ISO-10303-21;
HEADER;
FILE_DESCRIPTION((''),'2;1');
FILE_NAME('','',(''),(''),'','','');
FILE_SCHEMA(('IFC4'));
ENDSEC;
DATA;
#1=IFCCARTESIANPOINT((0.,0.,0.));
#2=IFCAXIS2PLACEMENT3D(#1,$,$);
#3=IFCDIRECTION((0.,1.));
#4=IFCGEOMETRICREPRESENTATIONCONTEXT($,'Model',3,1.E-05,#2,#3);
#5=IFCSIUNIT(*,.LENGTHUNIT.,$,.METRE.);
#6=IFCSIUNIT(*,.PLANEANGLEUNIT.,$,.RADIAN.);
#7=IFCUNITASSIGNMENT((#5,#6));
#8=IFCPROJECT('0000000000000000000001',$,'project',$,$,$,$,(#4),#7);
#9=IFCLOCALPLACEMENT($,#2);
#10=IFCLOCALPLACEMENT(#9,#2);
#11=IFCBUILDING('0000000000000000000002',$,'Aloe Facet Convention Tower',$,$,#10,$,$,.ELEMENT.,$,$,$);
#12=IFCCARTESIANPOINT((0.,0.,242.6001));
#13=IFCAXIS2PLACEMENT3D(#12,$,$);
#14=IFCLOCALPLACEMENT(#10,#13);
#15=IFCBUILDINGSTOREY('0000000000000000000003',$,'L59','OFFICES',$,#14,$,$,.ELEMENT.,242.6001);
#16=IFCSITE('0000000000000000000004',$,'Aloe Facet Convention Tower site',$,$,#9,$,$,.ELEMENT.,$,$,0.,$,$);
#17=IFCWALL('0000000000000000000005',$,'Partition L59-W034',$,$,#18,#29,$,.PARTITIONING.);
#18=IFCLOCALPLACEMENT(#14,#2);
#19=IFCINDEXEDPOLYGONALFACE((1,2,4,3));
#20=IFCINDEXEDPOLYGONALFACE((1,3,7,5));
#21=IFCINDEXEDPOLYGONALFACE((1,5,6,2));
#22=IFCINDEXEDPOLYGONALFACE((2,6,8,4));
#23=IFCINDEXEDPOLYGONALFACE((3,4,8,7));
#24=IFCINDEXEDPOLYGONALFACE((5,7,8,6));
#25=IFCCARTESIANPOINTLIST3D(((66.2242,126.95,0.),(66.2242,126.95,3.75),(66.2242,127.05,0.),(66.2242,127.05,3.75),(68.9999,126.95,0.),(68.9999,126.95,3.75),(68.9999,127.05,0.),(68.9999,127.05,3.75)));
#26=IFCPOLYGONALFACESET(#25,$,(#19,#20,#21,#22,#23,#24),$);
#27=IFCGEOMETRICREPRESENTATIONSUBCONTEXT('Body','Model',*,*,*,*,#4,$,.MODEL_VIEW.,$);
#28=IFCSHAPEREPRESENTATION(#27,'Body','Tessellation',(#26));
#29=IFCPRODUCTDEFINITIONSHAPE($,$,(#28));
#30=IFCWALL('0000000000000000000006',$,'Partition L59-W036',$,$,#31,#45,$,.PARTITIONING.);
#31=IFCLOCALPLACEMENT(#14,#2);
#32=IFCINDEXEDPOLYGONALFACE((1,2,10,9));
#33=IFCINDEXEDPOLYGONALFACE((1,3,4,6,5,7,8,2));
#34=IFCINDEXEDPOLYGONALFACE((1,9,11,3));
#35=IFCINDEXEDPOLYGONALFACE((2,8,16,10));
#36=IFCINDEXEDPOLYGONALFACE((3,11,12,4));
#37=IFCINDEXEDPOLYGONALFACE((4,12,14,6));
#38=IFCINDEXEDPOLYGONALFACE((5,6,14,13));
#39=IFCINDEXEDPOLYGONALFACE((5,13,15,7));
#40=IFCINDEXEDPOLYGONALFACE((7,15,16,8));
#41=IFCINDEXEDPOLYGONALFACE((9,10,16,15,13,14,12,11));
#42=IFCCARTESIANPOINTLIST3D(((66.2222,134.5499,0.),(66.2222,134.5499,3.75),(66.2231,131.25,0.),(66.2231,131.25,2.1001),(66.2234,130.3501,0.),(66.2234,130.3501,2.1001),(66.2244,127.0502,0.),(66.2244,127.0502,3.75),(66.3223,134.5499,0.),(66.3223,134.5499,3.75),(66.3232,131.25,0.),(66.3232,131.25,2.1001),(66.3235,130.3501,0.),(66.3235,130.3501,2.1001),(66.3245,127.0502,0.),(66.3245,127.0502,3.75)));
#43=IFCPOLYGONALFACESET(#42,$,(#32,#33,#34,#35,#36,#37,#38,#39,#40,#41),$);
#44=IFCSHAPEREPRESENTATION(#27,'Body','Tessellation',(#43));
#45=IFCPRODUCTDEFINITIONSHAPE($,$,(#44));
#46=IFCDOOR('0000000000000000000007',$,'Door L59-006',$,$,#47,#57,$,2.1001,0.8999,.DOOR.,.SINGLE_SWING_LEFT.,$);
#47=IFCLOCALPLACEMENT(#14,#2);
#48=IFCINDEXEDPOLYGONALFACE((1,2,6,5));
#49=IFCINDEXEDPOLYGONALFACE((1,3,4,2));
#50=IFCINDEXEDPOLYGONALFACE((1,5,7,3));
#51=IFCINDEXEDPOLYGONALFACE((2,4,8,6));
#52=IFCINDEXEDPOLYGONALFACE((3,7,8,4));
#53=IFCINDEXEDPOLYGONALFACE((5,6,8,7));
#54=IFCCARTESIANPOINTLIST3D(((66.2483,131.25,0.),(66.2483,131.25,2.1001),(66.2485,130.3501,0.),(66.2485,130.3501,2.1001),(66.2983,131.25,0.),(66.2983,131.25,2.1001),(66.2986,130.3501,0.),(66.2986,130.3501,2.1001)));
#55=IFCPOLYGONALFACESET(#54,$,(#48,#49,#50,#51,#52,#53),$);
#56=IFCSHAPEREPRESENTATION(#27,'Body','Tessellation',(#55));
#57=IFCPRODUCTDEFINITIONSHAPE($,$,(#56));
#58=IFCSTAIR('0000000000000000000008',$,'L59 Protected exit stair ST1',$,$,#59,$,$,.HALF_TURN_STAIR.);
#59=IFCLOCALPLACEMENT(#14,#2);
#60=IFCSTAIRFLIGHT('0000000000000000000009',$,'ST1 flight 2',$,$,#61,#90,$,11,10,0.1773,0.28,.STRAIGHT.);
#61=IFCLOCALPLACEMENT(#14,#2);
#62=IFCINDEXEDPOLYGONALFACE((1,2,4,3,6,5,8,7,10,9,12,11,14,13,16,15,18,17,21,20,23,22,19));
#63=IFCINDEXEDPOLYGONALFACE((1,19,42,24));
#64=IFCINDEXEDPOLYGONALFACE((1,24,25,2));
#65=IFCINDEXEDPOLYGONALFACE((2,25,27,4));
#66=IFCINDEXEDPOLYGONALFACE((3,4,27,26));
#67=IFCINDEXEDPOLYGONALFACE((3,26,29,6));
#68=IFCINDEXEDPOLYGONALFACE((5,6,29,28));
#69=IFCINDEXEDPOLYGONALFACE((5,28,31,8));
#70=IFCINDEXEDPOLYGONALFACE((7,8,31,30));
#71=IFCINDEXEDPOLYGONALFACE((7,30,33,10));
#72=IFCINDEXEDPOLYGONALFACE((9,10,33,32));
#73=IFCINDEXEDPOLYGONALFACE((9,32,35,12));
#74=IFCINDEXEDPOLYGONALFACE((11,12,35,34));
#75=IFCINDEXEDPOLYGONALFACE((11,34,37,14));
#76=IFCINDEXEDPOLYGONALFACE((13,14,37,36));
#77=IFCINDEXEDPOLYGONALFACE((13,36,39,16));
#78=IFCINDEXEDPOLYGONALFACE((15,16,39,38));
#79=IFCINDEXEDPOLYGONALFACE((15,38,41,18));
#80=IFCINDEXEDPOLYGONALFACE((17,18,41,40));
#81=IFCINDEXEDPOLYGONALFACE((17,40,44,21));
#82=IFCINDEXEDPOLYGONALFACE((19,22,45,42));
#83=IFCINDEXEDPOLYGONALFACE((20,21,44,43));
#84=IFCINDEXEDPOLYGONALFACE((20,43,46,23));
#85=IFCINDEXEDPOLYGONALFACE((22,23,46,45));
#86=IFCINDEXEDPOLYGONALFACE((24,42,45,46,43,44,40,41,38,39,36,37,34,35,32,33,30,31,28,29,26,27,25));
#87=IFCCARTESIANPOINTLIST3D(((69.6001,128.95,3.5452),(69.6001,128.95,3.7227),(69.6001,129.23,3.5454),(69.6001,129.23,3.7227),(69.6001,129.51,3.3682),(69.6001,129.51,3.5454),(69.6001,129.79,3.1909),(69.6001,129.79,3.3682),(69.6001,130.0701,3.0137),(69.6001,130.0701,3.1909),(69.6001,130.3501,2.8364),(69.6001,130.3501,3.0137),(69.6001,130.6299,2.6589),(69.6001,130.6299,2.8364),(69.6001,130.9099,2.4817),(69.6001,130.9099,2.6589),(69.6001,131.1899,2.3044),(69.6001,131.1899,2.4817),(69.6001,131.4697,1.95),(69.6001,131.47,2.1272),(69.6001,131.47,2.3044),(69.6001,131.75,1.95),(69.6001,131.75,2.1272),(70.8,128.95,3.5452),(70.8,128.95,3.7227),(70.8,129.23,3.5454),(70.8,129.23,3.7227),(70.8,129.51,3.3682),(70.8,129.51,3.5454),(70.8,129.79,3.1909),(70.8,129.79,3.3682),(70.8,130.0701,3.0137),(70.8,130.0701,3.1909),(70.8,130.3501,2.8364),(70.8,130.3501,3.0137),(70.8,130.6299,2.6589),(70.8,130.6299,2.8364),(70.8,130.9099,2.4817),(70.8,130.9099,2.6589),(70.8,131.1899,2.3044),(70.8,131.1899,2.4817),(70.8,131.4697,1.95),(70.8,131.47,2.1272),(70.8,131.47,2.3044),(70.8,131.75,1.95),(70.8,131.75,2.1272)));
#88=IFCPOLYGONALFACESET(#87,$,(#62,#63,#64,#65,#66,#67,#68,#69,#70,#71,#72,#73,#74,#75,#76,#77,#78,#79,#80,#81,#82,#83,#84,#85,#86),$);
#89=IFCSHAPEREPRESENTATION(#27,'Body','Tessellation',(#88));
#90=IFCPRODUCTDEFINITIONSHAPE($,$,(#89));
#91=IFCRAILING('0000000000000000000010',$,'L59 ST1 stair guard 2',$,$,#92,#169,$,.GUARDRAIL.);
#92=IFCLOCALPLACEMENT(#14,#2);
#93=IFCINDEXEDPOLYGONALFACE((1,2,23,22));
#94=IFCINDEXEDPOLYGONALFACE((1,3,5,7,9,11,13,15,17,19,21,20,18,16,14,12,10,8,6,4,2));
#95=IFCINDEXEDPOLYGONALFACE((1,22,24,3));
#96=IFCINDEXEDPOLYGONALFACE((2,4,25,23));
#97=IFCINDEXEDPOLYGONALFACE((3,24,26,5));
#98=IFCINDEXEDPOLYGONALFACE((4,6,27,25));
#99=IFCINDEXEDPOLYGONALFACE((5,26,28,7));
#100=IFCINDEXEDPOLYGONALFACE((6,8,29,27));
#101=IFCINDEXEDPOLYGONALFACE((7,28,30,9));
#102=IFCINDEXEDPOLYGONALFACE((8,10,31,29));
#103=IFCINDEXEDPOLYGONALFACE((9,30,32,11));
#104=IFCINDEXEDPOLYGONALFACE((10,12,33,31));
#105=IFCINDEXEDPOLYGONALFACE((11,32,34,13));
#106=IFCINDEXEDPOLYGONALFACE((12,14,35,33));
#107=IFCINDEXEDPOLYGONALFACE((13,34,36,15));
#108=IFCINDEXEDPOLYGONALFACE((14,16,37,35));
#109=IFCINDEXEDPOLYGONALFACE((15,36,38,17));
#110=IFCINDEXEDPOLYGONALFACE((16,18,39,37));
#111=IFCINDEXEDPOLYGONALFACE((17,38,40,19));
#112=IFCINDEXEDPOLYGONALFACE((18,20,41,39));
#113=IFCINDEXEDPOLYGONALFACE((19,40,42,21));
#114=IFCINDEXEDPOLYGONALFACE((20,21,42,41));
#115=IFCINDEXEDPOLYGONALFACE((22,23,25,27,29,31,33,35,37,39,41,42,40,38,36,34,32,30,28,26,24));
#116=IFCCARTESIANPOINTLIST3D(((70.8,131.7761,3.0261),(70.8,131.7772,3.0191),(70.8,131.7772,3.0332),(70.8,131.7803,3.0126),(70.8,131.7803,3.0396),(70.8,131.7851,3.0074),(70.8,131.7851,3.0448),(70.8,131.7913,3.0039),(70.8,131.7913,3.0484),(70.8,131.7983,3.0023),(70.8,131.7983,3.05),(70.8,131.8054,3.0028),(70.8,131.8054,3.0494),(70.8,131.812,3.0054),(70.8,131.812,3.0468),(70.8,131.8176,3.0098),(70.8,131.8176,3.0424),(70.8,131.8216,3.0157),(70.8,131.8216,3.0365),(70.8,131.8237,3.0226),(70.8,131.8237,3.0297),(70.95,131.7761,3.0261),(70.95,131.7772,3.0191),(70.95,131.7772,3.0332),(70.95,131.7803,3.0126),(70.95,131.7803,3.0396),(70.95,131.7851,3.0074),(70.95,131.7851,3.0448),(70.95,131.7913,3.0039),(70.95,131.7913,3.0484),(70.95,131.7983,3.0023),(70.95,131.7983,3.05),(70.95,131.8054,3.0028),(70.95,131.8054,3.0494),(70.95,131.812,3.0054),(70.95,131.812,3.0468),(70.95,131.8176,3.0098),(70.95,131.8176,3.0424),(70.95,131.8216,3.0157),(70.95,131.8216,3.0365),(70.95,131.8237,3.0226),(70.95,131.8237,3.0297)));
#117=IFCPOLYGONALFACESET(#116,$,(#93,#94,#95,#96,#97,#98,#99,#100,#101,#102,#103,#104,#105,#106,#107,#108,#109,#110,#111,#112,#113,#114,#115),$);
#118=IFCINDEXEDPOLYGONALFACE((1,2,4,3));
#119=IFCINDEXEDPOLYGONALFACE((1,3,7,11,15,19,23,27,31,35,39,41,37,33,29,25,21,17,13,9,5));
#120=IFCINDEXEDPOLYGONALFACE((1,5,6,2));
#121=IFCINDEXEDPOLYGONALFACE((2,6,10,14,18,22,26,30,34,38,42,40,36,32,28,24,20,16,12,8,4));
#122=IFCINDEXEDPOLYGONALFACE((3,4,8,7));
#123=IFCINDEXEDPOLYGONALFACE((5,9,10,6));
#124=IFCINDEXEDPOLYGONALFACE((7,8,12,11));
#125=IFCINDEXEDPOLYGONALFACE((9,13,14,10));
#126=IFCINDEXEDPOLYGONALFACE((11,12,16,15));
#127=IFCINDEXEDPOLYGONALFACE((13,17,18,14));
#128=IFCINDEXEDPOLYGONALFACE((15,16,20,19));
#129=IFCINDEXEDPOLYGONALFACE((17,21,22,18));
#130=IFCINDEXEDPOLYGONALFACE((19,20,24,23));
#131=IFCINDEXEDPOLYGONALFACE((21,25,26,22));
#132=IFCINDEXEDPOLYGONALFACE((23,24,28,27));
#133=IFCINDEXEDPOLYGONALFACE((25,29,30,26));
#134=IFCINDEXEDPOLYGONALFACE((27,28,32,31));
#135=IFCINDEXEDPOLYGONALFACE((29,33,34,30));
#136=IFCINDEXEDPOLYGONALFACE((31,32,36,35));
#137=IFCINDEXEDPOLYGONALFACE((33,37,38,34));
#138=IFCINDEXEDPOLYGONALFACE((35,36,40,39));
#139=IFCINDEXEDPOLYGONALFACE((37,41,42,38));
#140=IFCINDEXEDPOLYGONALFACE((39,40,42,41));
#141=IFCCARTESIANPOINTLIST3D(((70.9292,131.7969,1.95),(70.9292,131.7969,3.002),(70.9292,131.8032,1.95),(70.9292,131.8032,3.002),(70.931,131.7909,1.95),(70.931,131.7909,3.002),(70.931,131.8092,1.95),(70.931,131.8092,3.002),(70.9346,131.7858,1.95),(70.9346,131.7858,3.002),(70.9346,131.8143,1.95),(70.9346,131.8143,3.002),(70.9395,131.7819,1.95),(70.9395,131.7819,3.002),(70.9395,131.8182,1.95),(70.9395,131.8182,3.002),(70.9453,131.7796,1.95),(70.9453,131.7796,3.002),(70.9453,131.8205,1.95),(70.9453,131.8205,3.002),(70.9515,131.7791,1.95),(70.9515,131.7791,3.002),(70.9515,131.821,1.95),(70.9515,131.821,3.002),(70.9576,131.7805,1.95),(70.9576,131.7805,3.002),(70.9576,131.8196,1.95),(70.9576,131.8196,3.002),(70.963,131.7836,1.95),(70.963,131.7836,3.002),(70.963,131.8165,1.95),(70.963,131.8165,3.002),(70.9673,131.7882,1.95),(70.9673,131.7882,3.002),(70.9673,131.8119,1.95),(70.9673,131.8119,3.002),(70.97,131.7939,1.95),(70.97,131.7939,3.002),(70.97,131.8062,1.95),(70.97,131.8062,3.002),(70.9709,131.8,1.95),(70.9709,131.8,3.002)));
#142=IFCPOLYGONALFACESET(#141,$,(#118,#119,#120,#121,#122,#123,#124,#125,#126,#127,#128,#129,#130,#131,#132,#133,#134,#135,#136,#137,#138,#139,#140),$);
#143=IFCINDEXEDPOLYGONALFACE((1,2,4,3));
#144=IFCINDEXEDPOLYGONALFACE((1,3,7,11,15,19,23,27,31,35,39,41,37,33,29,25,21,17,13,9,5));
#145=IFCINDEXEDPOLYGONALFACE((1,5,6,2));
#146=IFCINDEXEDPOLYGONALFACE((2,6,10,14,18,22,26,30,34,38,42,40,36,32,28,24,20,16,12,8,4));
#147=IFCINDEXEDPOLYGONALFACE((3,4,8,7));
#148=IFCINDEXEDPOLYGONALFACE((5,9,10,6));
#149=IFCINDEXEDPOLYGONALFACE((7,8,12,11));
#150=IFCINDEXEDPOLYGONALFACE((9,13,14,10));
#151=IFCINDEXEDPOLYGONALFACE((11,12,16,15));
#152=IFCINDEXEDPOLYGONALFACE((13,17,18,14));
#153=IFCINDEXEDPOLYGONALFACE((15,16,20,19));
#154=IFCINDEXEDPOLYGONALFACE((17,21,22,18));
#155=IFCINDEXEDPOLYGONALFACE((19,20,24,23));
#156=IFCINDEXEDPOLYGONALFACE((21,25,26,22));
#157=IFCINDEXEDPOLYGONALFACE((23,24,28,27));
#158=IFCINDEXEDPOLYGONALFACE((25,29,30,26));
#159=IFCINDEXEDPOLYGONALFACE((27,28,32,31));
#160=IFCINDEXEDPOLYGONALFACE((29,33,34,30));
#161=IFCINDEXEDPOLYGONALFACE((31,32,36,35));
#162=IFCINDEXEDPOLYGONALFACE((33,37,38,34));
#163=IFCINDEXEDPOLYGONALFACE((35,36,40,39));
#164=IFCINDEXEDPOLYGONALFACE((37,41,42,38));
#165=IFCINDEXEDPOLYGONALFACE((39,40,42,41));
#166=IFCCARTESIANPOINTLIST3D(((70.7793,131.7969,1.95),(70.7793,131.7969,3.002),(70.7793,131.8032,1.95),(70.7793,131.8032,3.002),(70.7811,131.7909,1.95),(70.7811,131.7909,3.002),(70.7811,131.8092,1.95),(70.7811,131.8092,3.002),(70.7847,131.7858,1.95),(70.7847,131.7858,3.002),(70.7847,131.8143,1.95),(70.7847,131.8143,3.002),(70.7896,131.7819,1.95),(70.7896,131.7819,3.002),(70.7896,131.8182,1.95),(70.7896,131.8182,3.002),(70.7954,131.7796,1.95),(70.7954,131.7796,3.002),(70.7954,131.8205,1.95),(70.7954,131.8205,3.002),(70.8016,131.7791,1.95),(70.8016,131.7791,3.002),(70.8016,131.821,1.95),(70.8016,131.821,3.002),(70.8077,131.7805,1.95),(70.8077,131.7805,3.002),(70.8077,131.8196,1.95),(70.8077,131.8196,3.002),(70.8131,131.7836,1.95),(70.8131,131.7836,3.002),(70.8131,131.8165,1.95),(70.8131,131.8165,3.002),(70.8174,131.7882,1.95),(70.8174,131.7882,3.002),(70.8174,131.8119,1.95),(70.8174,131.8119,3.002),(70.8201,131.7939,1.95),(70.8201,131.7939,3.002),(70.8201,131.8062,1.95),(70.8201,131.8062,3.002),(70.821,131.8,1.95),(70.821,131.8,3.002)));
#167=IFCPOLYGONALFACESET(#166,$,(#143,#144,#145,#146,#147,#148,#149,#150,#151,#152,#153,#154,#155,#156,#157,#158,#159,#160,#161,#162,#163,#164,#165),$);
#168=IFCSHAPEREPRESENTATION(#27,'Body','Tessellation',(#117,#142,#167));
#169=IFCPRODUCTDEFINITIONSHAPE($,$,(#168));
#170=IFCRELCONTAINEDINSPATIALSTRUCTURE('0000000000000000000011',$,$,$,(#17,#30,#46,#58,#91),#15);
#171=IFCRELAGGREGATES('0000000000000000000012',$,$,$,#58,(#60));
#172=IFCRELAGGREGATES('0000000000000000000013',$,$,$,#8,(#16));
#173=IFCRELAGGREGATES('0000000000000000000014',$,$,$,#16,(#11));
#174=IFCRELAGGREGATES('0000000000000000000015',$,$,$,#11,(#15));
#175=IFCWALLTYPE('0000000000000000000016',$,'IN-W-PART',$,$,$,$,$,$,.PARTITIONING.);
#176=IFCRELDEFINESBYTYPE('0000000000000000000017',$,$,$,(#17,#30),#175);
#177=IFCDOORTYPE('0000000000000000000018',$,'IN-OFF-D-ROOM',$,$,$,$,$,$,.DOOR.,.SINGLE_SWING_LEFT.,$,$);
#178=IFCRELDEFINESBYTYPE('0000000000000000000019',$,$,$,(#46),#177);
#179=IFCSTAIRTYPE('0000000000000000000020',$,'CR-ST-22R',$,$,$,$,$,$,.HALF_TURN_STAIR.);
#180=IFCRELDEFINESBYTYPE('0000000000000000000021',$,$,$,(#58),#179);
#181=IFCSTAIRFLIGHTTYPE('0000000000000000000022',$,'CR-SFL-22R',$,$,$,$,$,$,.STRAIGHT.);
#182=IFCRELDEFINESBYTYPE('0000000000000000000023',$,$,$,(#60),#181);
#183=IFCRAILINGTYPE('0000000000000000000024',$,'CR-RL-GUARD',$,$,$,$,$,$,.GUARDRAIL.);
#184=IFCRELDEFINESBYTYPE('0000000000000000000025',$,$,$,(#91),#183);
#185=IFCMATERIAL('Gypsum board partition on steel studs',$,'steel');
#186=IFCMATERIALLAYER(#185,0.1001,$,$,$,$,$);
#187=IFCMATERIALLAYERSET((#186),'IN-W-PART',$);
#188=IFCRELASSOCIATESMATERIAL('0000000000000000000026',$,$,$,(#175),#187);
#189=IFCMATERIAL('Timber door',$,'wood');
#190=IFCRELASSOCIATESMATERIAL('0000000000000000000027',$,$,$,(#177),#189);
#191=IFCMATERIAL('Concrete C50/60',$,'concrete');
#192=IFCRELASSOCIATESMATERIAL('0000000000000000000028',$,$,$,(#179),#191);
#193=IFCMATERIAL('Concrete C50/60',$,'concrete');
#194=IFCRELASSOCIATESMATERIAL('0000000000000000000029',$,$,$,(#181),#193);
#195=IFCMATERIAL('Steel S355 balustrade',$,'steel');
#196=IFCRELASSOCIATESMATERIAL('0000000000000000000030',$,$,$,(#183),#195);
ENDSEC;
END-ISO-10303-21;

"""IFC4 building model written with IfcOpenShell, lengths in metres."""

from ifc_helpers import new_model, si_unit, direction, frame, frame_2d, origin, origin_2d, place, context, subcontext, project, spatial, polyline, rectangle, circle, outline, extrude, material, layer, layer_set, type_object, element, fill, aggregate, save


model = new_model("IFC4")

# Units and contexts
model_context = context("Model", 3, precision=1e-05, world=origin(), true_north=direction((0.0, 1.0)))
body_context = subcontext(model_context, "Body", "Model", "MODEL_VIEW")
ifc_project = project(units=[si_unit("LENGTHUNIT", "METRE"), si_unit("PLANEANGLEUNIT", "RADIAN")], contexts=[model_context])

# Site, building, storey
site_placement = place(None, origin())
site = spatial("IfcSite", under=ifc_project, at=site_placement, Name="Aloe Facet Convention Tower site", CompositionType="ELEMENT", RefElevation=0.0)
building_placement = place(site_placement, origin())
building = spatial("IfcBuilding", under=site, at=building_placement, Name="Aloe Facet Convention Tower", CompositionType="ELEMENT")
storey_placement = place(building_placement, frame((0.0, 0.0, 242.6001)))
storey = spatial("IfcBuildingStorey", under=building, at=storey_placement, Name="L59", Description="OFFICES", CompositionType="ELEMENT", Elevation=242.6001)

# Wall
ifc_material_1 = material(Name="Gypsum board partition on steel studs", Category="steel")
ifc_layer_1 = layer(ifc_material_1, 0.1001)
ifc_layer_set_1 = layer_set([ifc_layer_1], Name="IN-W-PART")
wall_type_1 = type_object("IfcWallType", Name="IN-W-PART", PredefinedType="PARTITIONING", material=ifc_layer_set_1)
wall_1_placement = place(storey_placement, frame((66.2244, 127.0, 0.0), z_axis=(0.0, 0.0, 1.0), x_axis=(1.0, 0.0, 0.0)))
element("IfcWall", 1, at=wall_1_placement, inside=storey, type_object=wall_type_1, Name="Partition L59-W034", PredefinedType="PARTITIONING", context=body_context, shape_type="SweptSolid", body=[
    extrude(rectangle(XDim=2.7756, YDim=0.1001, at=frame_2d((1.3877, 0.0))), origin(), (0.0, 0.0, 1.0), 3.75),
])

# Wall, opening, door
wall_2_placement = place(storey_placement, frame((66.2744, 127.05, 0.0), z_axis=(0.0, 0.0, 1.0), x_axis=(-0.000293, 1.0, 0.0)))
wall_2 = element("IfcWall", 2, at=wall_2_placement, inside=storey, type_object=wall_type_1, Name="Partition L59-W036", PredefinedType="PARTITIONING", context=body_context, shape_type="SweptSolid", body=[
    extrude(rectangle(XDim=7.4998, YDim=0.1001, at=frame_2d((3.75, 0.0))), origin(), (0.0, 0.0, 1.0), 3.75),
])
opening_1_placement = place(wall_2_placement, frame((3.3, 0.0, 0.0)))
opening_1 = element("IfcOpeningElement", 3, at=opening_1_placement, cuts=wall_2, PredefinedType="OPENING", context=body_context, shape_type="SweptSolid", body=[
    extrude(rectangle(XDim=0.8999, YDim=2.1001, at=frame_2d((0.45, 1.05))), frame((0.0, 0.0601, 0.0), z_axis=(0.0, -1.0, 0.0), x_axis=(1.0, 0.0, 0.0)), (0.0, 0.0, 1.0), 0.1201),
])
ifc_material_2 = material(Name="Timber door", Category="wood")
door_type = type_object("IfcDoorType", Name="IN-OFF-D-ROOM", OperationType="SINGLE_SWING_LEFT", PredefinedType="DOOR", material=ifc_material_2)
door_placement = place(opening_1_placement, origin())
door = element("IfcDoor", 4, at=door_placement, inside=storey, type_object=door_type, Name="Door L59-006", OperationType="SINGLE_SWING_LEFT", OverallHeight=2.1001, OverallWidth=0.8999, PredefinedType="DOOR", context=body_context, shape_type="SweptSolid", body=[
    extrude(rectangle(XDim=0.8999, YDim=2.1001, at=frame_2d((0.45, 1.05))), frame((0.0, 0.0249, 0.0), z_axis=(0.0, -1.0, 0.0), x_axis=(1.0, 0.0, 0.0)), (0.0, 0.0, 1.0), 0.05),
])
fill(opening_1, door)

# Stair, stair flight
ifc_material_3 = material(Name="Concrete C50/60", Category="concrete")
stair_type = type_object("IfcStairType", Name="CR-ST-22R", PredefinedType="HALF_TURN_STAIR", material=ifc_material_3)
stair_placement = place(storey_placement, origin())
stair = element("IfcStair", 5, at=stair_placement, inside=storey, type_object=stair_type, Name="L59 Protected exit stair ST1", PredefinedType="HALF_TURN_STAIR")
ifc_material_4 = material(Name="Concrete C50/60", Category="concrete")
stair_flight_type = type_object("IfcStairFlightType", Name="CR-SFL-22R", PredefinedType="STRAIGHT", material=ifc_material_4)
stair_flight_placement = place(storey_placement, frame((70.2, 131.75, 1.95), z_axis=(0.0, 0.0, 1.0), x_axis=(0.0, -1.0, 0.0)))
stair_flight = element("IfcStairFlight", 6, at=stair_flight_placement, type_object=stair_flight_type, Name="ST1 flight 2", NumberOfRisers=11, NumberOfTreads=10, PredefinedType="STRAIGHT", RiserHeight=0.1773, TreadLength=0.28, context=body_context, shape_type="SweptSolid", body=[
    extrude(outline(polyline([(0.0, 0.0), (0.0, 0.1772), (0.28, 0.1772), (0.28, 0.3545), (0.5601, 0.3545), (0.5601, 0.5317), (0.8401, 0.5317), (0.8401, 0.709), (1.1201, 0.709), (1.1201, 0.8865), (1.3999, 0.8865), (1.3999, 1.0637), (1.6799, 1.0637), (1.6799, 1.241), (1.96, 1.241), (1.96, 1.4182), (2.24, 1.4182), (2.24, 1.5955), (2.52, 1.5955), (2.52, 1.7727), (2.8, 1.7727), (2.8, 1.95), (2.8, 1.5952), (0.2803, 0.0), (0.0, 0.0)])), frame((0.0, 0.6001, 0.0), z_axis=(0.0, -1.0, 0.0), x_axis=(1.0, 0.0, 0.0)), (0.0, 0.0, 1.0), 1.2),
])
aggregate(stair, [stair_flight])

# Railing
ifc_material_5 = material(Name="Steel S355 balustrade", Category="steel")
railing_type_1 = type_object("IfcRailingType", Name="CR-RL-GUARD", PredefinedType="GUARDRAIL", material=ifc_material_5)
railing_1_placement = place(storey_placement, frame((70.95, 131.8, 1.95)))
element("IfcRailing", 7, at=railing_1_placement, inside=storey, type_object=railing_type_1, Name="L59 ST1 stair guard 2", PredefinedType="GUARDRAIL", context=body_context, shape_type="SweptSolid", body=[
    extrude(circle(Radius=0.0239, at=origin_2d()), frame((0.0, 0.0, 1.0762), z_axis=(-1.0, 0.0, 0.0), x_axis=(0.0, -1.0, 0.0)), (0.0, 0.0, 1.0), 0.1499),
    extrude(circle(Radius=0.021, at=origin_2d()), origin(), (0.0, 0.0, 1.0), 1.052),
    extrude(circle(Radius=0.021, at=origin_2d()), frame((-0.1499, 0.0, 0.0)), (0.0, 0.0, 1.0), 1.052),
])

save(model, "model.ifc")
